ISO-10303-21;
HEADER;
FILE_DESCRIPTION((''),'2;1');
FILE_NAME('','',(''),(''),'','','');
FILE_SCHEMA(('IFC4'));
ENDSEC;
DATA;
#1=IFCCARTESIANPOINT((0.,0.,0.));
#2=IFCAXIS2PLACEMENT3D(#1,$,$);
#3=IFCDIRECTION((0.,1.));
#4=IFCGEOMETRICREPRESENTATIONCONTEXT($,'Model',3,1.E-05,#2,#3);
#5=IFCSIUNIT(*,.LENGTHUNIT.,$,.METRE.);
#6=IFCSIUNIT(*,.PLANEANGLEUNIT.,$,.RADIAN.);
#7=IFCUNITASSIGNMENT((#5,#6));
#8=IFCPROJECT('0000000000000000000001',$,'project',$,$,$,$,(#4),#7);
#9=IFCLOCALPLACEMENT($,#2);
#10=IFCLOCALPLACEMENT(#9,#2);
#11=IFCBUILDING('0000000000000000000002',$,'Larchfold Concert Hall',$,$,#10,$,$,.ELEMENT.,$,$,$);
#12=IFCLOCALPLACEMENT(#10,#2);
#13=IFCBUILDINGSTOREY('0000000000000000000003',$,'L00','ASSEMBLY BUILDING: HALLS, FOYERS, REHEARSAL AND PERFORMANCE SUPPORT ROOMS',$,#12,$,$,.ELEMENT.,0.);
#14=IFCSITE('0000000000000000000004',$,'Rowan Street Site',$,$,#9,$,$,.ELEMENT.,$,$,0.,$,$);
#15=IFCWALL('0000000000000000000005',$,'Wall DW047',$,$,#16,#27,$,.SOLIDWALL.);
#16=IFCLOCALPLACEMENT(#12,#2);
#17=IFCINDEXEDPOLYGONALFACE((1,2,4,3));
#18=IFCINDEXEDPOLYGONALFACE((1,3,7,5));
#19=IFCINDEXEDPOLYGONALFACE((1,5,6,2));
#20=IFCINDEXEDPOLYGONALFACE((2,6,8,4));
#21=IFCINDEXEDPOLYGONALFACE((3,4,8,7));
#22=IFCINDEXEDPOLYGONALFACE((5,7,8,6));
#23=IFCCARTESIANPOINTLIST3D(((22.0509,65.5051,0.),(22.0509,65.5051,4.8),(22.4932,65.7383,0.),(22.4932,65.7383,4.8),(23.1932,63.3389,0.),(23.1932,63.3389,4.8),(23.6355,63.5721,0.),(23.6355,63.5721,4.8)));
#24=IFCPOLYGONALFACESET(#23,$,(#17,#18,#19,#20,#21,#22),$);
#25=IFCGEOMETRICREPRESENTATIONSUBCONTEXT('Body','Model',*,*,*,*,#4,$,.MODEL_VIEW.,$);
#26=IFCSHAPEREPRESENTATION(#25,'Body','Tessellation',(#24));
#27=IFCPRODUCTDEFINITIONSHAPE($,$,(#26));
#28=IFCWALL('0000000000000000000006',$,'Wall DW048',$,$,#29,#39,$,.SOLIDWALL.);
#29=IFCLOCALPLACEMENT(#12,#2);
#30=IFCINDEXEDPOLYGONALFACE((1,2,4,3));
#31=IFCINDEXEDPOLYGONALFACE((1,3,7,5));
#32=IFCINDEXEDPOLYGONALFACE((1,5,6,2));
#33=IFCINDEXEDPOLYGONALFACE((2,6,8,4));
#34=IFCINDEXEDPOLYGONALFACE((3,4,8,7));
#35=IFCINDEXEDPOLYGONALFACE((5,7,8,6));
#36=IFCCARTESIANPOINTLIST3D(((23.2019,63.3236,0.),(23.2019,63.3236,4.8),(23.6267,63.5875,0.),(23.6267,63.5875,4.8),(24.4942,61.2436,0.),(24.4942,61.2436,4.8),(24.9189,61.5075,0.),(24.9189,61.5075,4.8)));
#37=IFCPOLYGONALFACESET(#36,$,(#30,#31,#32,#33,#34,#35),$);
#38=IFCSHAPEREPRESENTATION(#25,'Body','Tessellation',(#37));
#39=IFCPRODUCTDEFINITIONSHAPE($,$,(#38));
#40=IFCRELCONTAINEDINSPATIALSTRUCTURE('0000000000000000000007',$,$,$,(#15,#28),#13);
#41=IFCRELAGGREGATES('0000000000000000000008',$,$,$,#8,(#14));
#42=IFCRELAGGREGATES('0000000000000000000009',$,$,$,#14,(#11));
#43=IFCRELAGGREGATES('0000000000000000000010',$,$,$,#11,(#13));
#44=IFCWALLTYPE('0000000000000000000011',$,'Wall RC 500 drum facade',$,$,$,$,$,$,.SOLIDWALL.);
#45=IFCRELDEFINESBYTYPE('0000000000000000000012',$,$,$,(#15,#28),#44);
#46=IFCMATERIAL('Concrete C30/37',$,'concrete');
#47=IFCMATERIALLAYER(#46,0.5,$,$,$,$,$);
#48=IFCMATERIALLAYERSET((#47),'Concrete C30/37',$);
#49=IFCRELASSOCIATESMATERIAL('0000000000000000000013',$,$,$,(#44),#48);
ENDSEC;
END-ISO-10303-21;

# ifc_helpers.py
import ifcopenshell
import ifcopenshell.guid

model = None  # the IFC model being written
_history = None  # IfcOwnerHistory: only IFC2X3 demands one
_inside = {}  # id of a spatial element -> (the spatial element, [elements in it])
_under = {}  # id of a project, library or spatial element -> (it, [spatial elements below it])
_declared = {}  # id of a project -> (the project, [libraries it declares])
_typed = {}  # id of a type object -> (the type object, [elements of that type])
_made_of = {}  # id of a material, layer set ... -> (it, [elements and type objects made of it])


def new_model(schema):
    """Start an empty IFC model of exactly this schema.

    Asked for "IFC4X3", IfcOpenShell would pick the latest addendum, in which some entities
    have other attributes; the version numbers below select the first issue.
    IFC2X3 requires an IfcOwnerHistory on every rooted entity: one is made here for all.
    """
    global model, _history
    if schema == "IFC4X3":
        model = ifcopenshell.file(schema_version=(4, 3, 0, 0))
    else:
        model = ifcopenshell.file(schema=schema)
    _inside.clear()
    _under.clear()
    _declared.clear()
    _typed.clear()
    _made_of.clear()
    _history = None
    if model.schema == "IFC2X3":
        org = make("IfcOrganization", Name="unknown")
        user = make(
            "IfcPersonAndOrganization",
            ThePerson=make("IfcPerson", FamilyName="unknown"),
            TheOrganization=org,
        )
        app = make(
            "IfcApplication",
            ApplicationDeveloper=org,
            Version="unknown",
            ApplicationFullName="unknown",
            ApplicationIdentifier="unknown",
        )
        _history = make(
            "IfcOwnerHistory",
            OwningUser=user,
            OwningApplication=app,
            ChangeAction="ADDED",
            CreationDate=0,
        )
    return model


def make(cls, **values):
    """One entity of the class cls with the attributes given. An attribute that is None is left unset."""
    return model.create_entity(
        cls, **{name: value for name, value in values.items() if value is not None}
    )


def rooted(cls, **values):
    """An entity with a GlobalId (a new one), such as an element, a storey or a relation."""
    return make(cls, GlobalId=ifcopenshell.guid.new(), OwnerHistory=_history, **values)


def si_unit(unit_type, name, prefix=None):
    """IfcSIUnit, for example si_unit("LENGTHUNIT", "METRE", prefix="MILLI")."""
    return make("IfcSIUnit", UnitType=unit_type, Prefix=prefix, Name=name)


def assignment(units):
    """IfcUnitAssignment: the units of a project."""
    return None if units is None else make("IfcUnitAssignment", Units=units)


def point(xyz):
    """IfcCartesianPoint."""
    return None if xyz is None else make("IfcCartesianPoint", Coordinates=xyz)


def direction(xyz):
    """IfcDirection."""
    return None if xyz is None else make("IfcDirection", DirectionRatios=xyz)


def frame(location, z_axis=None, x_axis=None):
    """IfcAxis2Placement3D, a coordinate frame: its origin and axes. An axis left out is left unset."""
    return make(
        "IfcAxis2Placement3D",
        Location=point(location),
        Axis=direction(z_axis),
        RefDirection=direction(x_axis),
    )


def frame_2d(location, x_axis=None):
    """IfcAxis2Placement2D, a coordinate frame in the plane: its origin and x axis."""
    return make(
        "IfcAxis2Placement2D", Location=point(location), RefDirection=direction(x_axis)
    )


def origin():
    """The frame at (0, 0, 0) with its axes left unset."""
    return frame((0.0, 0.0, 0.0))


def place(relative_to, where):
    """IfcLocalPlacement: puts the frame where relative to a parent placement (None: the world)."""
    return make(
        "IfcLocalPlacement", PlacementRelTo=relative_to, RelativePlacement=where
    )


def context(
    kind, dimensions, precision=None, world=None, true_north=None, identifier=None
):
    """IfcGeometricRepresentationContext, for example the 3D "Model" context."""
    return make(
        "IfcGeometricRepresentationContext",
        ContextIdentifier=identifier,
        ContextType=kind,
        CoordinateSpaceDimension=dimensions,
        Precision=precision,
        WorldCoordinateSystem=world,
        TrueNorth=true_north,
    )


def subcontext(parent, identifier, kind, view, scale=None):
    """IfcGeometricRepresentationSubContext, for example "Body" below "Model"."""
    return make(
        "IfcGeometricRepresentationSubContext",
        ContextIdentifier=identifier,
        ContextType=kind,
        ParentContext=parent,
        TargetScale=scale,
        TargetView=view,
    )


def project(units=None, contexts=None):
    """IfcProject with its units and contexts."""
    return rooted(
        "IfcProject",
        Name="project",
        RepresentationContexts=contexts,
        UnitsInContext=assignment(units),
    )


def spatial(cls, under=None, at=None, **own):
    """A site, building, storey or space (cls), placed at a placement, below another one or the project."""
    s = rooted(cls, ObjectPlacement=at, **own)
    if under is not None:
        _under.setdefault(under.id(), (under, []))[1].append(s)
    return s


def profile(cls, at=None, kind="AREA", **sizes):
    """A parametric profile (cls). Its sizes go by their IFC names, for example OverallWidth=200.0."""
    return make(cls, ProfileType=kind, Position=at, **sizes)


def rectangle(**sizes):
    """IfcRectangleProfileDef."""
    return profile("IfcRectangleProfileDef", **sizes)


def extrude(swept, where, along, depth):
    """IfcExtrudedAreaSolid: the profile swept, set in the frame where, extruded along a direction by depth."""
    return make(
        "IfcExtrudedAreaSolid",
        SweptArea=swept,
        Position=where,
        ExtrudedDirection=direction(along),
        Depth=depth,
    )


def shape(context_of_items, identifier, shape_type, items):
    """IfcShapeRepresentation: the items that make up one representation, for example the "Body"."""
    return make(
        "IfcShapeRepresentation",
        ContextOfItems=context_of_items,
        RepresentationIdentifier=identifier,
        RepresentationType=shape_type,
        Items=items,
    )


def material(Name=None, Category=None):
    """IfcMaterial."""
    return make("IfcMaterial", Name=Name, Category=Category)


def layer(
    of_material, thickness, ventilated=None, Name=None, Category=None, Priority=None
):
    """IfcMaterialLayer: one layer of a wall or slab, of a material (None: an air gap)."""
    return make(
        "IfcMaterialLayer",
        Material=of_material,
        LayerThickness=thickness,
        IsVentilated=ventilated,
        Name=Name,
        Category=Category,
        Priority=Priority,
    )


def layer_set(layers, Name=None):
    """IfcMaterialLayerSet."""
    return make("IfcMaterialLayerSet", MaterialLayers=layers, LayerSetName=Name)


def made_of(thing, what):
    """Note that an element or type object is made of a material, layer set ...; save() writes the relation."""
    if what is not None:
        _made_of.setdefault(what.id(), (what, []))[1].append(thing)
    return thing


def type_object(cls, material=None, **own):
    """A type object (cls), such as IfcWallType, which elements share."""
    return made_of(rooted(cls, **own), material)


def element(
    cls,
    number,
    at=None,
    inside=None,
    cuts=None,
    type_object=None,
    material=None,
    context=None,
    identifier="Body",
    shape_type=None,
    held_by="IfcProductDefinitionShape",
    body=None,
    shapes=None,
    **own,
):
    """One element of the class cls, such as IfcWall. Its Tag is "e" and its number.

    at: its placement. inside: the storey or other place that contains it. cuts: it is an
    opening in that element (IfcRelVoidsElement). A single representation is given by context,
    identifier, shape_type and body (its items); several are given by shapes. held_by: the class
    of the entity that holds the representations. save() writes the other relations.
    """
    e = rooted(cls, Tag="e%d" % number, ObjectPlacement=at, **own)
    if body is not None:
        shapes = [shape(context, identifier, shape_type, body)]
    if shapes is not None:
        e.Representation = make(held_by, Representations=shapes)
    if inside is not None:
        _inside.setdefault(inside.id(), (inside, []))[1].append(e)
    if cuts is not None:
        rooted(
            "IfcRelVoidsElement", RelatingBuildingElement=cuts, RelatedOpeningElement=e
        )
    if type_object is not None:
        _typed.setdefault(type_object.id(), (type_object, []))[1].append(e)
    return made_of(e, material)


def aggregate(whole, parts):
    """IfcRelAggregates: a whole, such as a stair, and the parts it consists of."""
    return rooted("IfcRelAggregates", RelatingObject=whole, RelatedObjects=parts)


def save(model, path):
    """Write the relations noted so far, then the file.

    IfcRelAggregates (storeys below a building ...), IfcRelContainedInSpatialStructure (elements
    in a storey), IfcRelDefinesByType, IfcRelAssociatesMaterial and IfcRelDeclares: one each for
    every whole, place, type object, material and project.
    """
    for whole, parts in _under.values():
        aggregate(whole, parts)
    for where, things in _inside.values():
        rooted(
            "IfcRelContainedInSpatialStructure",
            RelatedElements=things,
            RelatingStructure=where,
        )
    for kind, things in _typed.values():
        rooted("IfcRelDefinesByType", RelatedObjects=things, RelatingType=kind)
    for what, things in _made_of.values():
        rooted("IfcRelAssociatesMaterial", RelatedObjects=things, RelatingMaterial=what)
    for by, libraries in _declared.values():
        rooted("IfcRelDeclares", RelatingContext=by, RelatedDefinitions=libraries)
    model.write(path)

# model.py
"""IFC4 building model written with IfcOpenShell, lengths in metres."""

from ifc_helpers import new_model, si_unit, direction, frame, frame_2d, origin, place, context, subcontext, project, spatial, rectangle, extrude, material, layer, layer_set, type_object, element, save


model = new_model("IFC4")

# Units and contexts
model_context = context("Model", 3, precision=1e-05, world=origin(), true_north=direction((0.0, 1.0)))
body_context = subcontext(model_context, "Body", "Model", "MODEL_VIEW")
ifc_project = project(units=[si_unit("LENGTHUNIT", "METRE"), si_unit("PLANEANGLEUNIT", "RADIAN")], contexts=[model_context])

# Site, building, storey
site_placement = place(None, origin())
site = spatial("IfcSite", under=ifc_project, at=site_placement, Name="Rowan Street Site", CompositionType="ELEMENT", RefElevation=0.0)
building_placement = place(site_placement, origin())
building = spatial("IfcBuilding", under=site, at=building_placement, Name="Larchfold Concert Hall", CompositionType="ELEMENT")
storey_placement = place(building_placement, origin())
storey = spatial("IfcBuildingStorey", under=building, at=storey_placement, Name="L00", Description="ASSEMBLY BUILDING: HALLS, FOYERS, REHEARSAL AND PERFORMANCE SUPPORT ROOMS", CompositionType="ELEMENT", Elevation=0.0)

# Walls
ifc_material_1 = material(Name="Concrete C30/37", Category="concrete")
ifc_layer_1 = layer(ifc_material_1, 0.5)
ifc_layer_set_1 = layer_set([ifc_layer_1], Name="Concrete C30/37")
wall_type = type_object("IfcWallType", Name="Wall RC 500 drum facade", PredefinedType="SOLIDWALL", material=ifc_layer_set_1)
wall_1_placement = place(storey_placement, frame((22.272, 65.6218, 0.0), z_axis=(0.0, 0.0, 1.0), x_axis=(0.466449, -0.884548, 0.0)))
element("IfcWall", 1, at=wall_1_placement, inside=storey, type_object=wall_type, Name="Wall DW047", PredefinedType="SOLIDWALL", context=body_context, shape_type="SweptSolid", body=[
    extrude(rectangle(XDim=2.449, YDim=0.5, at=frame_2d((1.2246, 0.0))), origin(), (0.0, 0.0, 1.0), 4.8),
])
wall_2_placement = place(storey_placement, frame((23.4143, 63.4556, 0.0), z_axis=(0.0, 0.0, 1.0), x_axis=(0.527703, -0.849429, 0.0)))
element("IfcWall", 2, at=wall_2_placement, inside=storey, type_object=wall_type, Name="Wall DW048", PredefinedType="SOLIDWALL", context=body_context, shape_type="SweptSolid", body=[
    extrude(rectangle(XDim=2.4487, YDim=0.5, at=frame_2d((1.2244, 0.0))), origin(), (0.0, 0.0, 1.0), 4.8),
])

save(model, "model.ifc")
